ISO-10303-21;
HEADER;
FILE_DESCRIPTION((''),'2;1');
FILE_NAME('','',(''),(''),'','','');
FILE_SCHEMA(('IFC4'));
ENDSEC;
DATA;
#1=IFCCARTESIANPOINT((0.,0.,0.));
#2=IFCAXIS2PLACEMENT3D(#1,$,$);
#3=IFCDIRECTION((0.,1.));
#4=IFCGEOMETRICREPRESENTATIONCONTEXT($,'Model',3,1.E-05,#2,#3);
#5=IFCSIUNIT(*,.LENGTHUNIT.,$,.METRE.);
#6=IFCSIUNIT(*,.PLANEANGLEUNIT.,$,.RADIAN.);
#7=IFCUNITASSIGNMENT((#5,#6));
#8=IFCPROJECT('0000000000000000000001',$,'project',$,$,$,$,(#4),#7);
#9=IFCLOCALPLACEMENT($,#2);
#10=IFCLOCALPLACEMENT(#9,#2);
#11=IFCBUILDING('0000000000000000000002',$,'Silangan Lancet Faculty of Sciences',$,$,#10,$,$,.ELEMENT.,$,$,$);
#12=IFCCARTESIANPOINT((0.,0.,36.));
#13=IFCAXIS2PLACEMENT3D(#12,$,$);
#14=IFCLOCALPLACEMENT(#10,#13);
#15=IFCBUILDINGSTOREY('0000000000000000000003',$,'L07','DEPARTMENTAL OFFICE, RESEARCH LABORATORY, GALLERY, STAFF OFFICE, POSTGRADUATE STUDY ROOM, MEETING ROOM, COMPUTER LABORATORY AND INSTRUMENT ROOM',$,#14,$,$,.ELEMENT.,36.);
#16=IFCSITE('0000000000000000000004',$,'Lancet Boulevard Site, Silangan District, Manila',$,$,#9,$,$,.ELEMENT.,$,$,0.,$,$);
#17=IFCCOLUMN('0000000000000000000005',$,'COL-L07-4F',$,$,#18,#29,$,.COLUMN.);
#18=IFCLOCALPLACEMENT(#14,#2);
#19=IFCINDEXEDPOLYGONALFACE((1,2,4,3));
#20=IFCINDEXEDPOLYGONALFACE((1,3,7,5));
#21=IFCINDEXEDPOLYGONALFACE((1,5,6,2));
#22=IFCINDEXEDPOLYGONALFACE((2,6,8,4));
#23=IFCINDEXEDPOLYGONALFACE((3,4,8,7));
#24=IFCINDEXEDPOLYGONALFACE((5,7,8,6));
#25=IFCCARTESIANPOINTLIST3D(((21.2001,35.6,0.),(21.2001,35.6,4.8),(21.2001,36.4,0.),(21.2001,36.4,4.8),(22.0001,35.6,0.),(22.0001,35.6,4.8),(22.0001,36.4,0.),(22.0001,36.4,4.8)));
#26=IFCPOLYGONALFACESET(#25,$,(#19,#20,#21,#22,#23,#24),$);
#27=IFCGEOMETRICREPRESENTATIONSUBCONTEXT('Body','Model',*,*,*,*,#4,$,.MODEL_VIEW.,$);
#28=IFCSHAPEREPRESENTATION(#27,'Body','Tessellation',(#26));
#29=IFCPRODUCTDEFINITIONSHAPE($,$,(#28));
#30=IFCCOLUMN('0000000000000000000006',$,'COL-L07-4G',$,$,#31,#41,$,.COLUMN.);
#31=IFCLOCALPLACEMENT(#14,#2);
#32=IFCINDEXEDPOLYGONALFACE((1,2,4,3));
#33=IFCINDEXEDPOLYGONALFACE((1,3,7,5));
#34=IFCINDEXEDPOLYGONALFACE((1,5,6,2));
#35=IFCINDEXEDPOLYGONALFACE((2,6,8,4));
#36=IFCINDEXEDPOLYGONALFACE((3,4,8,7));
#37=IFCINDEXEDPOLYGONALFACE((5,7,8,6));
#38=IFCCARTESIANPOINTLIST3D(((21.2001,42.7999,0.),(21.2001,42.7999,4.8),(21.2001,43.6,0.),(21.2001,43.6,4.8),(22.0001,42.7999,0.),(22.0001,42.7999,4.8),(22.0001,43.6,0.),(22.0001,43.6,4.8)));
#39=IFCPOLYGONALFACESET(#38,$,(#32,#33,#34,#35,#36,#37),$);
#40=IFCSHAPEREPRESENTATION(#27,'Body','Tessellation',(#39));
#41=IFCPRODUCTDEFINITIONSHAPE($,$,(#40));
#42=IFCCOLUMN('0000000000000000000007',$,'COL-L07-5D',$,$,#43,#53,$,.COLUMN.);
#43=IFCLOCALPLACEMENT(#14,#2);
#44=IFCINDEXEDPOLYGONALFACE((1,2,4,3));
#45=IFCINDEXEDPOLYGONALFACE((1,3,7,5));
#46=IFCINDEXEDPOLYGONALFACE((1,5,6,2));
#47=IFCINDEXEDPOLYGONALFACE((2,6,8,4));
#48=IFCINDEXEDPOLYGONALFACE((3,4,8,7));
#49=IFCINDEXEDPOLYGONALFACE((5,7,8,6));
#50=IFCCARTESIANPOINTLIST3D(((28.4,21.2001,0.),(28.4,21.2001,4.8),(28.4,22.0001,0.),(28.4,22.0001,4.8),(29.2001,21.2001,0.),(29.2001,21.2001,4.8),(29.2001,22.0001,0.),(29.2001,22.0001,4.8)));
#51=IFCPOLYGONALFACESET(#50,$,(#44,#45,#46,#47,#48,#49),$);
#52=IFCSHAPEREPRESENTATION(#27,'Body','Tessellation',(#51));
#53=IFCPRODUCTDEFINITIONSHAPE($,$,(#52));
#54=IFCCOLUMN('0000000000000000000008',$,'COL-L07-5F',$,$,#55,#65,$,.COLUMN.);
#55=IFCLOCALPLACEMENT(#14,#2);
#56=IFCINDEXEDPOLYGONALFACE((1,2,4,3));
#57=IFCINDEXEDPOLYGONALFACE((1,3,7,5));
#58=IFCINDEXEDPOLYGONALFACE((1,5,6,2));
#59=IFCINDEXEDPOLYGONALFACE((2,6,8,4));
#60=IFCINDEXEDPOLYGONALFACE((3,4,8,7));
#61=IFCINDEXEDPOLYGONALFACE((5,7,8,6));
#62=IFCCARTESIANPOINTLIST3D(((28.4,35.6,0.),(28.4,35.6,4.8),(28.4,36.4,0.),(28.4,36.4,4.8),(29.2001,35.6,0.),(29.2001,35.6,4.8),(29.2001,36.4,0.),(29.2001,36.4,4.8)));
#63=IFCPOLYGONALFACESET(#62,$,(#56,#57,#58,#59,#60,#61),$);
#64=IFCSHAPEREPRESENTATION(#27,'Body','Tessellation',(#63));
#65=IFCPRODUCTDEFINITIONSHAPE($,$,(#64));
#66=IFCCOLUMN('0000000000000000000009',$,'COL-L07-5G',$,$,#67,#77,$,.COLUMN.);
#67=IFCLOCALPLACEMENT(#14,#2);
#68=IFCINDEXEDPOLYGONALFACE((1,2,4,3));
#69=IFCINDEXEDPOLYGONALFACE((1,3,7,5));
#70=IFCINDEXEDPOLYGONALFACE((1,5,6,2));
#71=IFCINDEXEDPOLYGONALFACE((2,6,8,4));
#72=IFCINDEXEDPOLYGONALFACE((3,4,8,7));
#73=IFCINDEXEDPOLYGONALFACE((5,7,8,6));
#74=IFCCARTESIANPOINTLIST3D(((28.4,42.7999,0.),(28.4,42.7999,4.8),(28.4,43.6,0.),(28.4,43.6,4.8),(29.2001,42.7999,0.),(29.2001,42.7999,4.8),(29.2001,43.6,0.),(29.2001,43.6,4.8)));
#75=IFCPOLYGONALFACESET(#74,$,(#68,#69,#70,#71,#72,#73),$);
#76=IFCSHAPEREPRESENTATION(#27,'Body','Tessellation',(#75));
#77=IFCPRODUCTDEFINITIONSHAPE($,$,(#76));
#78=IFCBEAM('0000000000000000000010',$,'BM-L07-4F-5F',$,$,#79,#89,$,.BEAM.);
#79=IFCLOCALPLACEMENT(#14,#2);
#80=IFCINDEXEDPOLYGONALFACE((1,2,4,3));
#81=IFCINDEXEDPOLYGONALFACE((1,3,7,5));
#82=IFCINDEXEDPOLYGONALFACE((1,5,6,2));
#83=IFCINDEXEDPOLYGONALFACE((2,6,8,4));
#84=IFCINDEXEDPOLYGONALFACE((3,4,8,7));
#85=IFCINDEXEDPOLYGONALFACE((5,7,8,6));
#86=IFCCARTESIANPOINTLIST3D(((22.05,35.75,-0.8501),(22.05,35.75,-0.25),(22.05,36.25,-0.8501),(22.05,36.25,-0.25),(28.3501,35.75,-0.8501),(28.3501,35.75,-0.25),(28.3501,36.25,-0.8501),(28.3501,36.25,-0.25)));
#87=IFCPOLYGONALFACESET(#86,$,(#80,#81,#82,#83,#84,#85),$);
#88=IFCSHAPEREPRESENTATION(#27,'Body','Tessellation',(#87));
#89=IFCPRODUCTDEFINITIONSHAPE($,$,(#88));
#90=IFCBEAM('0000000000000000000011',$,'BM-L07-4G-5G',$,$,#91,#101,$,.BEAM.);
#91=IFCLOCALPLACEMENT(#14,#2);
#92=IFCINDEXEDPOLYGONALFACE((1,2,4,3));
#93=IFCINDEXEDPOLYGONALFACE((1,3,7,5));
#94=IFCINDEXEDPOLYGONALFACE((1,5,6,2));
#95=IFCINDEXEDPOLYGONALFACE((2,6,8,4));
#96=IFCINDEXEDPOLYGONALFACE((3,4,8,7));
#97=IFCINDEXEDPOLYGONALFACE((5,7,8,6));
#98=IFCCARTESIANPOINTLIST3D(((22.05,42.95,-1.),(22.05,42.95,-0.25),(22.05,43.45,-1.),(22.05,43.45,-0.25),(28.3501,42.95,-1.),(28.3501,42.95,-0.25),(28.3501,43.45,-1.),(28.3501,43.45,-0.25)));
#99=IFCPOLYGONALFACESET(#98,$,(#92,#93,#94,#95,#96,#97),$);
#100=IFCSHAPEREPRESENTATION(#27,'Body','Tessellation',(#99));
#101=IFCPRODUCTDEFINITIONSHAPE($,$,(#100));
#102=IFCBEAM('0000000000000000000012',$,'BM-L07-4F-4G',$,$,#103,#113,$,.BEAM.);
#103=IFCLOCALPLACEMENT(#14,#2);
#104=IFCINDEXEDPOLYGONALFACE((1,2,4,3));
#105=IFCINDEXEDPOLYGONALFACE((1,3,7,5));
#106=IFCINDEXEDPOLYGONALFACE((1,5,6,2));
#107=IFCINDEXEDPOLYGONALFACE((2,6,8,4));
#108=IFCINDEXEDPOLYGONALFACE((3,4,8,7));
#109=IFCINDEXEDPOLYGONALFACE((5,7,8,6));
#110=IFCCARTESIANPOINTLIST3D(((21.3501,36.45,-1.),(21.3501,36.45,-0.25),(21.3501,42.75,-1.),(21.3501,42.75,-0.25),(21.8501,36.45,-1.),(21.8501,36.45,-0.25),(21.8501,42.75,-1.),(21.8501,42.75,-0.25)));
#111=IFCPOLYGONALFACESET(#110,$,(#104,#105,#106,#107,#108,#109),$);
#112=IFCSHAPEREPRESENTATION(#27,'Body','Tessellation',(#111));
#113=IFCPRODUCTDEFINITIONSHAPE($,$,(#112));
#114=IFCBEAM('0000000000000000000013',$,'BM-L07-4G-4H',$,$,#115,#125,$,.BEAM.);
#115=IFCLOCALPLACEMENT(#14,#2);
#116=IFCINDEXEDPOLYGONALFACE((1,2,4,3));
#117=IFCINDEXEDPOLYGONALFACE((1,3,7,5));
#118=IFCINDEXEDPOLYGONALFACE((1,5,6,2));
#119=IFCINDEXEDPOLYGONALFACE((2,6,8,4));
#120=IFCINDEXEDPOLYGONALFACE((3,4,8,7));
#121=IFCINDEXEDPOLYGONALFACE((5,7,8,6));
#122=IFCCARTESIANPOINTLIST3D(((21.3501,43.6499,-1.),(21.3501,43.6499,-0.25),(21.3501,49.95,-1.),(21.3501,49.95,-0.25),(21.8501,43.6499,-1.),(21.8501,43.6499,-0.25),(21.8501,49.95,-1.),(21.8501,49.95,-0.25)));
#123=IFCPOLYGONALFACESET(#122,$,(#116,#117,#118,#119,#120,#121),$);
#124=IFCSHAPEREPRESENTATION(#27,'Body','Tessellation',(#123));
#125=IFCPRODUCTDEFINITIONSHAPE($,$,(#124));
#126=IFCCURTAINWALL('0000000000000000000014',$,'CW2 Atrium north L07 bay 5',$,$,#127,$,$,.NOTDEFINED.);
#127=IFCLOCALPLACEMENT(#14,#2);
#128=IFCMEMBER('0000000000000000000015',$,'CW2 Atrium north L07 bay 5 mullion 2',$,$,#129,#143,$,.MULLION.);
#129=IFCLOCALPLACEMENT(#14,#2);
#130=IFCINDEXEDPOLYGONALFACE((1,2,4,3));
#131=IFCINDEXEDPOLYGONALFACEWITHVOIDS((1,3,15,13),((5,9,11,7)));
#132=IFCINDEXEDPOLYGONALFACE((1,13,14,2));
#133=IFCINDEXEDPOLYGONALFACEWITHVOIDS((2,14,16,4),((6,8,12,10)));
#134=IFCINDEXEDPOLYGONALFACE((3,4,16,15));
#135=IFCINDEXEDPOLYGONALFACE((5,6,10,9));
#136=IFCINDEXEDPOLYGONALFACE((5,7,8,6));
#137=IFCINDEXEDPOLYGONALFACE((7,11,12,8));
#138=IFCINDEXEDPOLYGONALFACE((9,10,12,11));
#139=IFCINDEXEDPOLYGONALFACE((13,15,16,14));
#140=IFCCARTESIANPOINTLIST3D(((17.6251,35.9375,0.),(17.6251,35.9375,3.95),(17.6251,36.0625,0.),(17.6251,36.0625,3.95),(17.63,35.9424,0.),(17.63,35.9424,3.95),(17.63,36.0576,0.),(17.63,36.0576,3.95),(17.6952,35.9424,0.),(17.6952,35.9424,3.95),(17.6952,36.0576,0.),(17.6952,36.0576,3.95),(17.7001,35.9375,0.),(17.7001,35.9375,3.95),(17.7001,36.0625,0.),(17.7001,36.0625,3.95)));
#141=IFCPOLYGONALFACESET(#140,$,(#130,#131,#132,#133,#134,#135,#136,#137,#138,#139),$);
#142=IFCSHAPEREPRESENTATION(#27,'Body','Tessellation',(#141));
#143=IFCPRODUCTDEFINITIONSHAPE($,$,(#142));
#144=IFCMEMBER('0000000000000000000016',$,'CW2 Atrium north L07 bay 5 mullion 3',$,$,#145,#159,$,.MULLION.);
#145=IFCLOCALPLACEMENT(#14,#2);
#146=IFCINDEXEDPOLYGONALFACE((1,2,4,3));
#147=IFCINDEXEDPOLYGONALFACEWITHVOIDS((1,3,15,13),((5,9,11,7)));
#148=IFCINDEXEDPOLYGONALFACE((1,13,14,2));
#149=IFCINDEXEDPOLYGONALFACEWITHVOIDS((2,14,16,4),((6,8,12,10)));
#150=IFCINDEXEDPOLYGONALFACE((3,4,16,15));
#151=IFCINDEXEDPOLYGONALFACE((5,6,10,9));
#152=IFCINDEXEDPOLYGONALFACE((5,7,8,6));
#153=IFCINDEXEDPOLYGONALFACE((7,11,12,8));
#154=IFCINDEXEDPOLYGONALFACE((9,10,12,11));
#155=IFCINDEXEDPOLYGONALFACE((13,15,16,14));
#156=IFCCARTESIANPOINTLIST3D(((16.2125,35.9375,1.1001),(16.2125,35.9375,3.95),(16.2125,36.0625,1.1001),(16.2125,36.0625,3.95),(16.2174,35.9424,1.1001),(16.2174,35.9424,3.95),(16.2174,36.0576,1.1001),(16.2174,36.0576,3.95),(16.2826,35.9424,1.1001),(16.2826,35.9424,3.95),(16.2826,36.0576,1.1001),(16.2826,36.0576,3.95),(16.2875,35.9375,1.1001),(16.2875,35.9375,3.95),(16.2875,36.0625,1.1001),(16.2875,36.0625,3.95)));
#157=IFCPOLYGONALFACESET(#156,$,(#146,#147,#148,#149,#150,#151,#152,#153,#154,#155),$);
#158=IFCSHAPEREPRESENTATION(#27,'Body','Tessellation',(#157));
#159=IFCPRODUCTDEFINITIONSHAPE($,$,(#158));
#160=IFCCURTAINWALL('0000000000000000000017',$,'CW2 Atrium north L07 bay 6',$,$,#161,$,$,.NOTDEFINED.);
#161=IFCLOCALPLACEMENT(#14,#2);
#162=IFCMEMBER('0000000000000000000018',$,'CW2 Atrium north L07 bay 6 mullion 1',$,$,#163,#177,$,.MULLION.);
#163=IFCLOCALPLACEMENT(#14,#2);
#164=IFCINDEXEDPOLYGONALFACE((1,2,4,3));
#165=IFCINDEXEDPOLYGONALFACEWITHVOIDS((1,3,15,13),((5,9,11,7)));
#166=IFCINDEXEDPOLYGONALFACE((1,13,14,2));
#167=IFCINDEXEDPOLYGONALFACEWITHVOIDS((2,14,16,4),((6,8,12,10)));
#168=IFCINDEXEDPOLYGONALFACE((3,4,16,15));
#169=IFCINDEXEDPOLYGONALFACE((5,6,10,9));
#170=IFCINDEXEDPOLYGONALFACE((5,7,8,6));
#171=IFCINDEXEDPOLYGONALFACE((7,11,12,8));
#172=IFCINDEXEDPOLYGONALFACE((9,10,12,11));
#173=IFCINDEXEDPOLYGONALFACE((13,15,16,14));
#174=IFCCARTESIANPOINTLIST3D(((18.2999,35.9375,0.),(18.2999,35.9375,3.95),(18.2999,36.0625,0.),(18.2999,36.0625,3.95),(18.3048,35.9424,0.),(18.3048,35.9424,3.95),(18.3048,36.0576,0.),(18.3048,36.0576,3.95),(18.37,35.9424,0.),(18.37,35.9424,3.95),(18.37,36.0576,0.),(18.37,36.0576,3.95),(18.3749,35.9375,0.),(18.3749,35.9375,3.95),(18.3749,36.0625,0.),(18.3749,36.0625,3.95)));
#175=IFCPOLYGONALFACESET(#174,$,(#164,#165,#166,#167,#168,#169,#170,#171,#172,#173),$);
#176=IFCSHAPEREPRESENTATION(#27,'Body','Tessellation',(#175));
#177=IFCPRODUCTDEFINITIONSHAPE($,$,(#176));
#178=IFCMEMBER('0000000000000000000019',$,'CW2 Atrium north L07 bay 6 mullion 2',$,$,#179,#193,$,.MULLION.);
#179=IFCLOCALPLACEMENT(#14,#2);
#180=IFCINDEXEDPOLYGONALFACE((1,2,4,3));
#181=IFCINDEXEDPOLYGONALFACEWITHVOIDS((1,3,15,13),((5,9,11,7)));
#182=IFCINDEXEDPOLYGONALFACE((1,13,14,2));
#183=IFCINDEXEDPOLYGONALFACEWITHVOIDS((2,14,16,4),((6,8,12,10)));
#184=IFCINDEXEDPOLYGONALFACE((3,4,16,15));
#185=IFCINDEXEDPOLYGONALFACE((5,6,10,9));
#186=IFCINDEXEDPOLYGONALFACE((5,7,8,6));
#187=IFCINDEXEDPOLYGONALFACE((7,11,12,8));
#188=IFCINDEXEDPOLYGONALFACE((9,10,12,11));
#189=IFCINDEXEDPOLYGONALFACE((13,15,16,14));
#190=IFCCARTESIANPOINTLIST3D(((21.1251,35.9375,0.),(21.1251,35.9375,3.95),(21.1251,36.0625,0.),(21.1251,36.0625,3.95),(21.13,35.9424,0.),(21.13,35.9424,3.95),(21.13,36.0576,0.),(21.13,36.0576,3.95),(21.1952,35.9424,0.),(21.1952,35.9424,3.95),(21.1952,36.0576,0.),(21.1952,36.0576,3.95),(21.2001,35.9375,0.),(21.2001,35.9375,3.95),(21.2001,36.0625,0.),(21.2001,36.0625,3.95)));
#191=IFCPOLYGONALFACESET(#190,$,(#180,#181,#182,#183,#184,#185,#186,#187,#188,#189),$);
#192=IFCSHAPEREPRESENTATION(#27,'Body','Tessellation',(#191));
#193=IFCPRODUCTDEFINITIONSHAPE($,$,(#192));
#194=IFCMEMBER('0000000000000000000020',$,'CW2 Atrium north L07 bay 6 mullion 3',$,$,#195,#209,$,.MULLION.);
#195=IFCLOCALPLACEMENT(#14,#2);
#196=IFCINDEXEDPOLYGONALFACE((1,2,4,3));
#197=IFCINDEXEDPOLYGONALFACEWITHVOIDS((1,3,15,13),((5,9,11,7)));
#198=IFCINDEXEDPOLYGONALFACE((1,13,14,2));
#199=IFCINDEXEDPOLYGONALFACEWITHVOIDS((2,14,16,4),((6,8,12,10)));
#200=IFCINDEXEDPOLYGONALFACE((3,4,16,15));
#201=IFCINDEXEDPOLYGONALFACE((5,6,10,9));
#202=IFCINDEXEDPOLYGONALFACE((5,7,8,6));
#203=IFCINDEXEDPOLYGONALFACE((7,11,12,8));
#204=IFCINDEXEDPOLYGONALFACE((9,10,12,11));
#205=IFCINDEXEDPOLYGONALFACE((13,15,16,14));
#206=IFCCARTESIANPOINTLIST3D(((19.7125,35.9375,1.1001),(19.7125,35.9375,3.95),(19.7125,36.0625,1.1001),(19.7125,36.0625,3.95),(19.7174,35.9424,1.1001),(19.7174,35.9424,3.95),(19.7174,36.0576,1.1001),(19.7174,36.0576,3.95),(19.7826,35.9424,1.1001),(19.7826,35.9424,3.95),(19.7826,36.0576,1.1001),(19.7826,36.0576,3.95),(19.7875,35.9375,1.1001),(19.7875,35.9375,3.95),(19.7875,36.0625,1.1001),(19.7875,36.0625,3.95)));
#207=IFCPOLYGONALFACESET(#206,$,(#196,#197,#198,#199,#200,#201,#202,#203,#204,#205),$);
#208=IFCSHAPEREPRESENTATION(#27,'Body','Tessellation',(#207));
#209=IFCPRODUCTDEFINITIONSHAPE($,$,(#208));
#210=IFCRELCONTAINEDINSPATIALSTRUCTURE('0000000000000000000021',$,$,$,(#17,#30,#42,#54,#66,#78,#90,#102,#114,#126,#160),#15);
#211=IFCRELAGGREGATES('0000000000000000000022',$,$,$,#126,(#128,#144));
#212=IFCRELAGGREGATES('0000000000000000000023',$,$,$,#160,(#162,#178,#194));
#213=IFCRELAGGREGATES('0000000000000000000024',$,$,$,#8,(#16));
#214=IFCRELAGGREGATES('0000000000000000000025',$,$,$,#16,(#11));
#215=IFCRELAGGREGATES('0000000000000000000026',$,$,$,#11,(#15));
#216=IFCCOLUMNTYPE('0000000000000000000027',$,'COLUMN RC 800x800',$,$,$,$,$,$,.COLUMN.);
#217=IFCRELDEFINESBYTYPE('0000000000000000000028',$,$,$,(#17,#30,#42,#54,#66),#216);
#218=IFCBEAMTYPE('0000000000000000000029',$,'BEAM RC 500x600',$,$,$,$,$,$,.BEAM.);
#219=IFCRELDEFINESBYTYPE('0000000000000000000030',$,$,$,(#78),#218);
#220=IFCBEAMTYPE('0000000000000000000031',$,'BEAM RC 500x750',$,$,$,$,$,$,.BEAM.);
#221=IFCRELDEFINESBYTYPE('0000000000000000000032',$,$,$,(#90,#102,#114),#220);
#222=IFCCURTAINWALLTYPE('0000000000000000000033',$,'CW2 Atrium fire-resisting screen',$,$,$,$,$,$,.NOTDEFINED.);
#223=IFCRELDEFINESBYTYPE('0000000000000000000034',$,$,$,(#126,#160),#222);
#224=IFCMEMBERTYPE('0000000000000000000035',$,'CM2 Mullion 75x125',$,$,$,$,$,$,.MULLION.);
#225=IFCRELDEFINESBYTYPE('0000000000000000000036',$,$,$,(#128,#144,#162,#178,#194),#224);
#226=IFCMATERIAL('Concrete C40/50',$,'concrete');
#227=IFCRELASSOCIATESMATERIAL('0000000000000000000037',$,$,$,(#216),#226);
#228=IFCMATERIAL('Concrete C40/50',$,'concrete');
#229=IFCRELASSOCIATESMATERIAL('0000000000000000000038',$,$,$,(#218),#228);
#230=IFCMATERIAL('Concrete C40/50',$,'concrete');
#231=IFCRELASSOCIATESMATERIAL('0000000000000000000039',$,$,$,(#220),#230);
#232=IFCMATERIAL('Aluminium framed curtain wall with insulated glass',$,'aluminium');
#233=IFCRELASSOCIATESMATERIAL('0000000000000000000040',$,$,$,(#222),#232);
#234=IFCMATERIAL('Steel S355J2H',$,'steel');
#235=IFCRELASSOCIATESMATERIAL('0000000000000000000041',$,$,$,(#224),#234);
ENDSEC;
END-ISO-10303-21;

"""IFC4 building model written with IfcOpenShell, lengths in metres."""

from ifc_helpers import new_model, si_unit, direction, frame, origin, origin_2d, place, context, subcontext, project, spatial, rectangle, hollow_rectangle, extrude, material, material_profile, profile_set, type_object, element, aggregate, save


model = new_model("IFC4")

# Units and contexts
model_context = context("Model", 3, precision=1e-05, world=origin(), true_north=direction((0.0, 1.0)))
body_context = subcontext(model_context, "Body", "Model", "MODEL_VIEW")
ifc_project = project(units=[si_unit("LENGTHUNIT", "METRE"), si_unit("PLANEANGLEUNIT", "RADIAN")], contexts=[model_context])

# Site, building, storey
site_placement = place(None, origin())
site = spatial("IfcSite", under=ifc_project, at=site_placement, Name="Lancet Boulevard Site, Silangan District, Manila", CompositionType="ELEMENT", RefElevation=0.0)
building_placement = place(site_placement, origin())
building = spatial("IfcBuilding", under=site, at=building_placement, Name="Silangan Lancet Faculty of Sciences", CompositionType="ELEMENT")
storey_placement = place(building_placement, frame((0.0, 0.0, 36.0)))
storey = spatial("IfcBuildingStorey", under=building, at=storey_placement, Name="L07", Description="DEPARTMENTAL OFFICE, RESEARCH LABORATORY, GALLERY, STAFF OFFICE, POSTGRADUATE STUDY ROOM, MEETING ROOM, COMPUTER LABORATORY AND INSTRUMENT ROOM", CompositionType="ELEMENT", Elevation=36.0)

# Columns
ifc_material_1 = material(Name="Concrete C40/50", Category="concrete")
ifc_material_profile_1 = material_profile(ifc_material_1, rectangle(XDim=0.8, YDim=0.8, at=origin_2d()), Name="RC 800x800")
ifc_profile_set_1 = profile_set([ifc_material_profile_1], Name="Concrete C40/50")
column_type = type_object("IfcColumnType", Name="COLUMN RC 800x800", PredefinedType="COLUMN", material=ifc_profile_set_1)
for number, where, z_axis, x_axis, name in (
    (1, (21.6001, 36.0, 0.0), (0.0, 0.0, 1.0), (1.0, 0.0, 0.0), "COL-L07-4F"),
    (2, (21.6001, 43.2, 0.0), (0.0, 0.0, 1.0), (1.0, 0.0, 0.0), "COL-L07-4G"),
    (3, (28.8, 21.6001, 0.0), (0.0, 0.0, 1.0), (1.0, 0.0, 0.0), "COL-L07-5D"),
    (4, (28.8, 36.0, 0.0), (0.0, 0.0, 1.0), (1.0, 0.0, 0.0), "COL-L07-5F"),
    (5, (28.8, 43.2, 0.0), (0.0, 0.0, 1.0), (1.0, 0.0, 0.0), "COL-L07-5G"),
):
    element("IfcColumn", number, at=place(storey_placement, frame(where, z_axis=z_axis, x_axis=x_axis)), inside=storey, type_object=column_type, Name=name, PredefinedType="COLUMN", context=body_context, shape_type="SweptSolid", body=[
        extrude(rectangle(XDim=0.8, YDim=0.8, at=origin_2d()), origin(), (0.0, 0.0, 1.0), 4.8),
    ])

# Beams
ifc_material_2 = material(Name="Concrete C40/50", Category="concrete")
ifc_material_profile_2 = material_profile(ifc_material_2, rectangle(XDim=0.5, YDim=0.6001, at=origin_2d()), Name="RC 500x600")
ifc_profile_set_2 = profile_set([ifc_material_profile_2], Name="Concrete C40/50")
beam_type_1 = type_object("IfcBeamType", Name="BEAM RC 500x600", PredefinedType="BEAM", material=ifc_profile_set_2)
beam_placement = place(storey_placement, frame((22.05, 36.0, -0.55), z_axis=(1.0, 0.0, 0.0), x_axis=(0.0, 1.0, 0.0)))
element("IfcBeam", 6, at=beam_placement, inside=storey, type_object=beam_type_1, Name="BM-L07-4F-5F", PredefinedType="BEAM", context=body_context, shape_type="SweptSolid", body=[
    extrude(rectangle(XDim=0.5, YDim=0.6001, at=origin_2d()), origin(), (0.0, 0.0, 1.0), 6.3),
])
ifc_material_3 = material(Name="Concrete C40/50", Category="concrete")
ifc_material_profile_3 = material_profile(ifc_material_3, rectangle(XDim=0.5, YDim=0.75, at=origin_2d()), Name="RC 500x750")
ifc_profile_set_3 = profile_set([ifc_material_profile_3], Name="Concrete C40/50")
beam_type_2 = type_object("IfcBeamType", Name="BEAM RC 500x750", PredefinedType="BEAM", material=ifc_profile_set_3)
for number, where, z_axis, x_axis, name in (
    (7, (22.05, 43.2, -0.625), (1.0, 0.0, 0.0), (0.0, 1.0, 0.0), "BM-L07-4G-5G"),
    (8, (21.6001, 36.45, -0.625), (0.0, 1.0, 0.0), (-1.0, 0.0, 0.0), "BM-L07-4F-4G"),
    (9, (21.6001, 43.6499, -0.625), (0.0, 1.0, 0.0), (-1.0, 0.0, 0.0), "BM-L07-4G-4H"),
):
    element("IfcBeam", number, at=place(storey_placement, frame(where, z_axis=z_axis, x_axis=x_axis)), inside=storey, type_object=beam_type_2, Name=name, PredefinedType="BEAM", context=body_context, shape_type="SweptSolid", body=[
        extrude(rectangle(XDim=0.5, YDim=0.75, at=origin_2d()), origin(), (0.0, 0.0, 1.0), 6.3),
    ])

# Curtain walls, members
ifc_material_4 = material(Name="Aluminium framed curtain wall with insulated glass", Category="aluminium")
curtain_wall_type = type_object("IfcCurtainWallType", Name="CW2 Atrium fire-resisting screen", PredefinedType="NOTDEFINED", material=ifc_material_4)
curtain_wall_1_placement = place(storey_placement, origin())
curtain_wall_1 = element("IfcCurtainWall", 10, at=curtain_wall_1_placement, inside=storey, type_object=curtain_wall_type, Name="CW2 Atrium north L07 bay 5", PredefinedType="NOTDEFINED")
ifc_material_5 = material(Name="Steel S355J2H", Category="steel")
ifc_material_profile_4 = material_profile(ifc_material_5, hollow_rectangle(XDim=0.075, YDim=0.125, WallThickness=0.0049, at=origin_2d()), Name="ST BOX 75x125x5")
ifc_profile_set_4 = profile_set([ifc_material_profile_4], Name="Steel S355J2H")
member_type_1 = type_object("IfcMemberType", Name="CM2 Mullion 75x125", PredefinedType="MULLION", material=ifc_profile_set_4)
member_1_placement = place(storey_placement, frame((17.6626, 36.0, 0.0), z_axis=(0.0, 0.0, 1.0), x_axis=(1.0, 0.0, 0.0)))
member_1 = element("IfcMember", 11, at=member_1_placement, type_object=member_type_1, Name="CW2 Atrium north L07 bay 5 mullion 2", PredefinedType="MULLION", context=body_context, shape_type="SweptSolid", body=[
    extrude(hollow_rectangle(XDim=0.075, YDim=0.125, WallThickness=0.0049, at=origin_2d()), origin(), (0.0, 0.0, 1.0), 3.95),
])
member_2_placement = place(storey_placement, frame((16.25, 36.0, 1.1001), z_axis=(0.0, 0.0, 1.0), x_axis=(1.0, 0.0, 0.0)))
member_2 = element("IfcMember", 12, at=member_2_placement, type_object=member_type_1, Name="CW2 Atrium north L07 bay 5 mullion 3", PredefinedType="MULLION", context=body_context, shape_type="SweptSolid", body=[
    extrude(hollow_rectangle(XDim=0.075, YDim=0.125, WallThickness=0.0049, at=origin_2d()), origin(), (0.0, 0.0, 1.0), 2.8499),
])
curtain_wall_2_placement = place(storey_placement, origin())
curtain_wall_2 = element("IfcCurtainWall", 13, at=curtain_wall_2_placement, inside=storey, type_object=curtain_wall_type, Name="CW2 Atrium north L07 bay 6", PredefinedType="NOTDEFINED")
member_3_placement = place(storey_placement, frame((18.3374, 36.0, 0.0), z_axis=(0.0, 0.0, 1.0), x_axis=(1.0, 0.0, 0.0)))
member_3 = element("IfcMember", 14, at=member_3_placement, type_object=member_type_1, Name="CW2 Atrium north L07 bay 6 mullion 1", PredefinedType="MULLION", context=body_context, shape_type="SweptSolid", body=[
    extrude(hollow_rectangle(XDim=0.075, YDim=0.125, WallThickness=0.0049, at=origin_2d()), origin(), (0.0, 0.0, 1.0), 3.95),
])
member_4_placement = place(storey_placement, frame((21.1626, 36.0, 0.0), z_axis=(0.0, 0.0, 1.0), x_axis=(1.0, 0.0, 0.0)))
member_4 = element("IfcMember", 15, at=member_4_placement, type_object=member_type_1, Name="CW2 Atrium north L07 bay 6 mullion 2", PredefinedType="MULLION", context=body_context, shape_type="SweptSolid", body=[
    extrude(hollow_rectangle(XDim=0.075, YDim=0.125, WallThickness=0.0049, at=origin_2d()), origin(), (0.0, 0.0, 1.0), 3.95),
])
member_5_placement = place(storey_placement, frame((19.75, 36.0, 1.1001), z_axis=(0.0, 0.0, 1.0), x_axis=(1.0, 0.0, 0.0)))
member_5 = element("IfcMember", 16, at=member_5_placement, type_object=member_type_1, Name="CW2 Atrium north L07 bay 6 mullion 3", PredefinedType="MULLION", context=body_context, shape_type="SweptSolid", body=[
    extrude(hollow_rectangle(XDim=0.075, YDim=0.125, WallThickness=0.0049, at=origin_2d()), origin(), (0.0, 0.0, 1.0), 2.8499),
])

aggregate(curtain_wall_1, [member_1, member_2])
aggregate(curtain_wall_2, [member_3, member_4, member_5])

save(model, "model.ifc")
